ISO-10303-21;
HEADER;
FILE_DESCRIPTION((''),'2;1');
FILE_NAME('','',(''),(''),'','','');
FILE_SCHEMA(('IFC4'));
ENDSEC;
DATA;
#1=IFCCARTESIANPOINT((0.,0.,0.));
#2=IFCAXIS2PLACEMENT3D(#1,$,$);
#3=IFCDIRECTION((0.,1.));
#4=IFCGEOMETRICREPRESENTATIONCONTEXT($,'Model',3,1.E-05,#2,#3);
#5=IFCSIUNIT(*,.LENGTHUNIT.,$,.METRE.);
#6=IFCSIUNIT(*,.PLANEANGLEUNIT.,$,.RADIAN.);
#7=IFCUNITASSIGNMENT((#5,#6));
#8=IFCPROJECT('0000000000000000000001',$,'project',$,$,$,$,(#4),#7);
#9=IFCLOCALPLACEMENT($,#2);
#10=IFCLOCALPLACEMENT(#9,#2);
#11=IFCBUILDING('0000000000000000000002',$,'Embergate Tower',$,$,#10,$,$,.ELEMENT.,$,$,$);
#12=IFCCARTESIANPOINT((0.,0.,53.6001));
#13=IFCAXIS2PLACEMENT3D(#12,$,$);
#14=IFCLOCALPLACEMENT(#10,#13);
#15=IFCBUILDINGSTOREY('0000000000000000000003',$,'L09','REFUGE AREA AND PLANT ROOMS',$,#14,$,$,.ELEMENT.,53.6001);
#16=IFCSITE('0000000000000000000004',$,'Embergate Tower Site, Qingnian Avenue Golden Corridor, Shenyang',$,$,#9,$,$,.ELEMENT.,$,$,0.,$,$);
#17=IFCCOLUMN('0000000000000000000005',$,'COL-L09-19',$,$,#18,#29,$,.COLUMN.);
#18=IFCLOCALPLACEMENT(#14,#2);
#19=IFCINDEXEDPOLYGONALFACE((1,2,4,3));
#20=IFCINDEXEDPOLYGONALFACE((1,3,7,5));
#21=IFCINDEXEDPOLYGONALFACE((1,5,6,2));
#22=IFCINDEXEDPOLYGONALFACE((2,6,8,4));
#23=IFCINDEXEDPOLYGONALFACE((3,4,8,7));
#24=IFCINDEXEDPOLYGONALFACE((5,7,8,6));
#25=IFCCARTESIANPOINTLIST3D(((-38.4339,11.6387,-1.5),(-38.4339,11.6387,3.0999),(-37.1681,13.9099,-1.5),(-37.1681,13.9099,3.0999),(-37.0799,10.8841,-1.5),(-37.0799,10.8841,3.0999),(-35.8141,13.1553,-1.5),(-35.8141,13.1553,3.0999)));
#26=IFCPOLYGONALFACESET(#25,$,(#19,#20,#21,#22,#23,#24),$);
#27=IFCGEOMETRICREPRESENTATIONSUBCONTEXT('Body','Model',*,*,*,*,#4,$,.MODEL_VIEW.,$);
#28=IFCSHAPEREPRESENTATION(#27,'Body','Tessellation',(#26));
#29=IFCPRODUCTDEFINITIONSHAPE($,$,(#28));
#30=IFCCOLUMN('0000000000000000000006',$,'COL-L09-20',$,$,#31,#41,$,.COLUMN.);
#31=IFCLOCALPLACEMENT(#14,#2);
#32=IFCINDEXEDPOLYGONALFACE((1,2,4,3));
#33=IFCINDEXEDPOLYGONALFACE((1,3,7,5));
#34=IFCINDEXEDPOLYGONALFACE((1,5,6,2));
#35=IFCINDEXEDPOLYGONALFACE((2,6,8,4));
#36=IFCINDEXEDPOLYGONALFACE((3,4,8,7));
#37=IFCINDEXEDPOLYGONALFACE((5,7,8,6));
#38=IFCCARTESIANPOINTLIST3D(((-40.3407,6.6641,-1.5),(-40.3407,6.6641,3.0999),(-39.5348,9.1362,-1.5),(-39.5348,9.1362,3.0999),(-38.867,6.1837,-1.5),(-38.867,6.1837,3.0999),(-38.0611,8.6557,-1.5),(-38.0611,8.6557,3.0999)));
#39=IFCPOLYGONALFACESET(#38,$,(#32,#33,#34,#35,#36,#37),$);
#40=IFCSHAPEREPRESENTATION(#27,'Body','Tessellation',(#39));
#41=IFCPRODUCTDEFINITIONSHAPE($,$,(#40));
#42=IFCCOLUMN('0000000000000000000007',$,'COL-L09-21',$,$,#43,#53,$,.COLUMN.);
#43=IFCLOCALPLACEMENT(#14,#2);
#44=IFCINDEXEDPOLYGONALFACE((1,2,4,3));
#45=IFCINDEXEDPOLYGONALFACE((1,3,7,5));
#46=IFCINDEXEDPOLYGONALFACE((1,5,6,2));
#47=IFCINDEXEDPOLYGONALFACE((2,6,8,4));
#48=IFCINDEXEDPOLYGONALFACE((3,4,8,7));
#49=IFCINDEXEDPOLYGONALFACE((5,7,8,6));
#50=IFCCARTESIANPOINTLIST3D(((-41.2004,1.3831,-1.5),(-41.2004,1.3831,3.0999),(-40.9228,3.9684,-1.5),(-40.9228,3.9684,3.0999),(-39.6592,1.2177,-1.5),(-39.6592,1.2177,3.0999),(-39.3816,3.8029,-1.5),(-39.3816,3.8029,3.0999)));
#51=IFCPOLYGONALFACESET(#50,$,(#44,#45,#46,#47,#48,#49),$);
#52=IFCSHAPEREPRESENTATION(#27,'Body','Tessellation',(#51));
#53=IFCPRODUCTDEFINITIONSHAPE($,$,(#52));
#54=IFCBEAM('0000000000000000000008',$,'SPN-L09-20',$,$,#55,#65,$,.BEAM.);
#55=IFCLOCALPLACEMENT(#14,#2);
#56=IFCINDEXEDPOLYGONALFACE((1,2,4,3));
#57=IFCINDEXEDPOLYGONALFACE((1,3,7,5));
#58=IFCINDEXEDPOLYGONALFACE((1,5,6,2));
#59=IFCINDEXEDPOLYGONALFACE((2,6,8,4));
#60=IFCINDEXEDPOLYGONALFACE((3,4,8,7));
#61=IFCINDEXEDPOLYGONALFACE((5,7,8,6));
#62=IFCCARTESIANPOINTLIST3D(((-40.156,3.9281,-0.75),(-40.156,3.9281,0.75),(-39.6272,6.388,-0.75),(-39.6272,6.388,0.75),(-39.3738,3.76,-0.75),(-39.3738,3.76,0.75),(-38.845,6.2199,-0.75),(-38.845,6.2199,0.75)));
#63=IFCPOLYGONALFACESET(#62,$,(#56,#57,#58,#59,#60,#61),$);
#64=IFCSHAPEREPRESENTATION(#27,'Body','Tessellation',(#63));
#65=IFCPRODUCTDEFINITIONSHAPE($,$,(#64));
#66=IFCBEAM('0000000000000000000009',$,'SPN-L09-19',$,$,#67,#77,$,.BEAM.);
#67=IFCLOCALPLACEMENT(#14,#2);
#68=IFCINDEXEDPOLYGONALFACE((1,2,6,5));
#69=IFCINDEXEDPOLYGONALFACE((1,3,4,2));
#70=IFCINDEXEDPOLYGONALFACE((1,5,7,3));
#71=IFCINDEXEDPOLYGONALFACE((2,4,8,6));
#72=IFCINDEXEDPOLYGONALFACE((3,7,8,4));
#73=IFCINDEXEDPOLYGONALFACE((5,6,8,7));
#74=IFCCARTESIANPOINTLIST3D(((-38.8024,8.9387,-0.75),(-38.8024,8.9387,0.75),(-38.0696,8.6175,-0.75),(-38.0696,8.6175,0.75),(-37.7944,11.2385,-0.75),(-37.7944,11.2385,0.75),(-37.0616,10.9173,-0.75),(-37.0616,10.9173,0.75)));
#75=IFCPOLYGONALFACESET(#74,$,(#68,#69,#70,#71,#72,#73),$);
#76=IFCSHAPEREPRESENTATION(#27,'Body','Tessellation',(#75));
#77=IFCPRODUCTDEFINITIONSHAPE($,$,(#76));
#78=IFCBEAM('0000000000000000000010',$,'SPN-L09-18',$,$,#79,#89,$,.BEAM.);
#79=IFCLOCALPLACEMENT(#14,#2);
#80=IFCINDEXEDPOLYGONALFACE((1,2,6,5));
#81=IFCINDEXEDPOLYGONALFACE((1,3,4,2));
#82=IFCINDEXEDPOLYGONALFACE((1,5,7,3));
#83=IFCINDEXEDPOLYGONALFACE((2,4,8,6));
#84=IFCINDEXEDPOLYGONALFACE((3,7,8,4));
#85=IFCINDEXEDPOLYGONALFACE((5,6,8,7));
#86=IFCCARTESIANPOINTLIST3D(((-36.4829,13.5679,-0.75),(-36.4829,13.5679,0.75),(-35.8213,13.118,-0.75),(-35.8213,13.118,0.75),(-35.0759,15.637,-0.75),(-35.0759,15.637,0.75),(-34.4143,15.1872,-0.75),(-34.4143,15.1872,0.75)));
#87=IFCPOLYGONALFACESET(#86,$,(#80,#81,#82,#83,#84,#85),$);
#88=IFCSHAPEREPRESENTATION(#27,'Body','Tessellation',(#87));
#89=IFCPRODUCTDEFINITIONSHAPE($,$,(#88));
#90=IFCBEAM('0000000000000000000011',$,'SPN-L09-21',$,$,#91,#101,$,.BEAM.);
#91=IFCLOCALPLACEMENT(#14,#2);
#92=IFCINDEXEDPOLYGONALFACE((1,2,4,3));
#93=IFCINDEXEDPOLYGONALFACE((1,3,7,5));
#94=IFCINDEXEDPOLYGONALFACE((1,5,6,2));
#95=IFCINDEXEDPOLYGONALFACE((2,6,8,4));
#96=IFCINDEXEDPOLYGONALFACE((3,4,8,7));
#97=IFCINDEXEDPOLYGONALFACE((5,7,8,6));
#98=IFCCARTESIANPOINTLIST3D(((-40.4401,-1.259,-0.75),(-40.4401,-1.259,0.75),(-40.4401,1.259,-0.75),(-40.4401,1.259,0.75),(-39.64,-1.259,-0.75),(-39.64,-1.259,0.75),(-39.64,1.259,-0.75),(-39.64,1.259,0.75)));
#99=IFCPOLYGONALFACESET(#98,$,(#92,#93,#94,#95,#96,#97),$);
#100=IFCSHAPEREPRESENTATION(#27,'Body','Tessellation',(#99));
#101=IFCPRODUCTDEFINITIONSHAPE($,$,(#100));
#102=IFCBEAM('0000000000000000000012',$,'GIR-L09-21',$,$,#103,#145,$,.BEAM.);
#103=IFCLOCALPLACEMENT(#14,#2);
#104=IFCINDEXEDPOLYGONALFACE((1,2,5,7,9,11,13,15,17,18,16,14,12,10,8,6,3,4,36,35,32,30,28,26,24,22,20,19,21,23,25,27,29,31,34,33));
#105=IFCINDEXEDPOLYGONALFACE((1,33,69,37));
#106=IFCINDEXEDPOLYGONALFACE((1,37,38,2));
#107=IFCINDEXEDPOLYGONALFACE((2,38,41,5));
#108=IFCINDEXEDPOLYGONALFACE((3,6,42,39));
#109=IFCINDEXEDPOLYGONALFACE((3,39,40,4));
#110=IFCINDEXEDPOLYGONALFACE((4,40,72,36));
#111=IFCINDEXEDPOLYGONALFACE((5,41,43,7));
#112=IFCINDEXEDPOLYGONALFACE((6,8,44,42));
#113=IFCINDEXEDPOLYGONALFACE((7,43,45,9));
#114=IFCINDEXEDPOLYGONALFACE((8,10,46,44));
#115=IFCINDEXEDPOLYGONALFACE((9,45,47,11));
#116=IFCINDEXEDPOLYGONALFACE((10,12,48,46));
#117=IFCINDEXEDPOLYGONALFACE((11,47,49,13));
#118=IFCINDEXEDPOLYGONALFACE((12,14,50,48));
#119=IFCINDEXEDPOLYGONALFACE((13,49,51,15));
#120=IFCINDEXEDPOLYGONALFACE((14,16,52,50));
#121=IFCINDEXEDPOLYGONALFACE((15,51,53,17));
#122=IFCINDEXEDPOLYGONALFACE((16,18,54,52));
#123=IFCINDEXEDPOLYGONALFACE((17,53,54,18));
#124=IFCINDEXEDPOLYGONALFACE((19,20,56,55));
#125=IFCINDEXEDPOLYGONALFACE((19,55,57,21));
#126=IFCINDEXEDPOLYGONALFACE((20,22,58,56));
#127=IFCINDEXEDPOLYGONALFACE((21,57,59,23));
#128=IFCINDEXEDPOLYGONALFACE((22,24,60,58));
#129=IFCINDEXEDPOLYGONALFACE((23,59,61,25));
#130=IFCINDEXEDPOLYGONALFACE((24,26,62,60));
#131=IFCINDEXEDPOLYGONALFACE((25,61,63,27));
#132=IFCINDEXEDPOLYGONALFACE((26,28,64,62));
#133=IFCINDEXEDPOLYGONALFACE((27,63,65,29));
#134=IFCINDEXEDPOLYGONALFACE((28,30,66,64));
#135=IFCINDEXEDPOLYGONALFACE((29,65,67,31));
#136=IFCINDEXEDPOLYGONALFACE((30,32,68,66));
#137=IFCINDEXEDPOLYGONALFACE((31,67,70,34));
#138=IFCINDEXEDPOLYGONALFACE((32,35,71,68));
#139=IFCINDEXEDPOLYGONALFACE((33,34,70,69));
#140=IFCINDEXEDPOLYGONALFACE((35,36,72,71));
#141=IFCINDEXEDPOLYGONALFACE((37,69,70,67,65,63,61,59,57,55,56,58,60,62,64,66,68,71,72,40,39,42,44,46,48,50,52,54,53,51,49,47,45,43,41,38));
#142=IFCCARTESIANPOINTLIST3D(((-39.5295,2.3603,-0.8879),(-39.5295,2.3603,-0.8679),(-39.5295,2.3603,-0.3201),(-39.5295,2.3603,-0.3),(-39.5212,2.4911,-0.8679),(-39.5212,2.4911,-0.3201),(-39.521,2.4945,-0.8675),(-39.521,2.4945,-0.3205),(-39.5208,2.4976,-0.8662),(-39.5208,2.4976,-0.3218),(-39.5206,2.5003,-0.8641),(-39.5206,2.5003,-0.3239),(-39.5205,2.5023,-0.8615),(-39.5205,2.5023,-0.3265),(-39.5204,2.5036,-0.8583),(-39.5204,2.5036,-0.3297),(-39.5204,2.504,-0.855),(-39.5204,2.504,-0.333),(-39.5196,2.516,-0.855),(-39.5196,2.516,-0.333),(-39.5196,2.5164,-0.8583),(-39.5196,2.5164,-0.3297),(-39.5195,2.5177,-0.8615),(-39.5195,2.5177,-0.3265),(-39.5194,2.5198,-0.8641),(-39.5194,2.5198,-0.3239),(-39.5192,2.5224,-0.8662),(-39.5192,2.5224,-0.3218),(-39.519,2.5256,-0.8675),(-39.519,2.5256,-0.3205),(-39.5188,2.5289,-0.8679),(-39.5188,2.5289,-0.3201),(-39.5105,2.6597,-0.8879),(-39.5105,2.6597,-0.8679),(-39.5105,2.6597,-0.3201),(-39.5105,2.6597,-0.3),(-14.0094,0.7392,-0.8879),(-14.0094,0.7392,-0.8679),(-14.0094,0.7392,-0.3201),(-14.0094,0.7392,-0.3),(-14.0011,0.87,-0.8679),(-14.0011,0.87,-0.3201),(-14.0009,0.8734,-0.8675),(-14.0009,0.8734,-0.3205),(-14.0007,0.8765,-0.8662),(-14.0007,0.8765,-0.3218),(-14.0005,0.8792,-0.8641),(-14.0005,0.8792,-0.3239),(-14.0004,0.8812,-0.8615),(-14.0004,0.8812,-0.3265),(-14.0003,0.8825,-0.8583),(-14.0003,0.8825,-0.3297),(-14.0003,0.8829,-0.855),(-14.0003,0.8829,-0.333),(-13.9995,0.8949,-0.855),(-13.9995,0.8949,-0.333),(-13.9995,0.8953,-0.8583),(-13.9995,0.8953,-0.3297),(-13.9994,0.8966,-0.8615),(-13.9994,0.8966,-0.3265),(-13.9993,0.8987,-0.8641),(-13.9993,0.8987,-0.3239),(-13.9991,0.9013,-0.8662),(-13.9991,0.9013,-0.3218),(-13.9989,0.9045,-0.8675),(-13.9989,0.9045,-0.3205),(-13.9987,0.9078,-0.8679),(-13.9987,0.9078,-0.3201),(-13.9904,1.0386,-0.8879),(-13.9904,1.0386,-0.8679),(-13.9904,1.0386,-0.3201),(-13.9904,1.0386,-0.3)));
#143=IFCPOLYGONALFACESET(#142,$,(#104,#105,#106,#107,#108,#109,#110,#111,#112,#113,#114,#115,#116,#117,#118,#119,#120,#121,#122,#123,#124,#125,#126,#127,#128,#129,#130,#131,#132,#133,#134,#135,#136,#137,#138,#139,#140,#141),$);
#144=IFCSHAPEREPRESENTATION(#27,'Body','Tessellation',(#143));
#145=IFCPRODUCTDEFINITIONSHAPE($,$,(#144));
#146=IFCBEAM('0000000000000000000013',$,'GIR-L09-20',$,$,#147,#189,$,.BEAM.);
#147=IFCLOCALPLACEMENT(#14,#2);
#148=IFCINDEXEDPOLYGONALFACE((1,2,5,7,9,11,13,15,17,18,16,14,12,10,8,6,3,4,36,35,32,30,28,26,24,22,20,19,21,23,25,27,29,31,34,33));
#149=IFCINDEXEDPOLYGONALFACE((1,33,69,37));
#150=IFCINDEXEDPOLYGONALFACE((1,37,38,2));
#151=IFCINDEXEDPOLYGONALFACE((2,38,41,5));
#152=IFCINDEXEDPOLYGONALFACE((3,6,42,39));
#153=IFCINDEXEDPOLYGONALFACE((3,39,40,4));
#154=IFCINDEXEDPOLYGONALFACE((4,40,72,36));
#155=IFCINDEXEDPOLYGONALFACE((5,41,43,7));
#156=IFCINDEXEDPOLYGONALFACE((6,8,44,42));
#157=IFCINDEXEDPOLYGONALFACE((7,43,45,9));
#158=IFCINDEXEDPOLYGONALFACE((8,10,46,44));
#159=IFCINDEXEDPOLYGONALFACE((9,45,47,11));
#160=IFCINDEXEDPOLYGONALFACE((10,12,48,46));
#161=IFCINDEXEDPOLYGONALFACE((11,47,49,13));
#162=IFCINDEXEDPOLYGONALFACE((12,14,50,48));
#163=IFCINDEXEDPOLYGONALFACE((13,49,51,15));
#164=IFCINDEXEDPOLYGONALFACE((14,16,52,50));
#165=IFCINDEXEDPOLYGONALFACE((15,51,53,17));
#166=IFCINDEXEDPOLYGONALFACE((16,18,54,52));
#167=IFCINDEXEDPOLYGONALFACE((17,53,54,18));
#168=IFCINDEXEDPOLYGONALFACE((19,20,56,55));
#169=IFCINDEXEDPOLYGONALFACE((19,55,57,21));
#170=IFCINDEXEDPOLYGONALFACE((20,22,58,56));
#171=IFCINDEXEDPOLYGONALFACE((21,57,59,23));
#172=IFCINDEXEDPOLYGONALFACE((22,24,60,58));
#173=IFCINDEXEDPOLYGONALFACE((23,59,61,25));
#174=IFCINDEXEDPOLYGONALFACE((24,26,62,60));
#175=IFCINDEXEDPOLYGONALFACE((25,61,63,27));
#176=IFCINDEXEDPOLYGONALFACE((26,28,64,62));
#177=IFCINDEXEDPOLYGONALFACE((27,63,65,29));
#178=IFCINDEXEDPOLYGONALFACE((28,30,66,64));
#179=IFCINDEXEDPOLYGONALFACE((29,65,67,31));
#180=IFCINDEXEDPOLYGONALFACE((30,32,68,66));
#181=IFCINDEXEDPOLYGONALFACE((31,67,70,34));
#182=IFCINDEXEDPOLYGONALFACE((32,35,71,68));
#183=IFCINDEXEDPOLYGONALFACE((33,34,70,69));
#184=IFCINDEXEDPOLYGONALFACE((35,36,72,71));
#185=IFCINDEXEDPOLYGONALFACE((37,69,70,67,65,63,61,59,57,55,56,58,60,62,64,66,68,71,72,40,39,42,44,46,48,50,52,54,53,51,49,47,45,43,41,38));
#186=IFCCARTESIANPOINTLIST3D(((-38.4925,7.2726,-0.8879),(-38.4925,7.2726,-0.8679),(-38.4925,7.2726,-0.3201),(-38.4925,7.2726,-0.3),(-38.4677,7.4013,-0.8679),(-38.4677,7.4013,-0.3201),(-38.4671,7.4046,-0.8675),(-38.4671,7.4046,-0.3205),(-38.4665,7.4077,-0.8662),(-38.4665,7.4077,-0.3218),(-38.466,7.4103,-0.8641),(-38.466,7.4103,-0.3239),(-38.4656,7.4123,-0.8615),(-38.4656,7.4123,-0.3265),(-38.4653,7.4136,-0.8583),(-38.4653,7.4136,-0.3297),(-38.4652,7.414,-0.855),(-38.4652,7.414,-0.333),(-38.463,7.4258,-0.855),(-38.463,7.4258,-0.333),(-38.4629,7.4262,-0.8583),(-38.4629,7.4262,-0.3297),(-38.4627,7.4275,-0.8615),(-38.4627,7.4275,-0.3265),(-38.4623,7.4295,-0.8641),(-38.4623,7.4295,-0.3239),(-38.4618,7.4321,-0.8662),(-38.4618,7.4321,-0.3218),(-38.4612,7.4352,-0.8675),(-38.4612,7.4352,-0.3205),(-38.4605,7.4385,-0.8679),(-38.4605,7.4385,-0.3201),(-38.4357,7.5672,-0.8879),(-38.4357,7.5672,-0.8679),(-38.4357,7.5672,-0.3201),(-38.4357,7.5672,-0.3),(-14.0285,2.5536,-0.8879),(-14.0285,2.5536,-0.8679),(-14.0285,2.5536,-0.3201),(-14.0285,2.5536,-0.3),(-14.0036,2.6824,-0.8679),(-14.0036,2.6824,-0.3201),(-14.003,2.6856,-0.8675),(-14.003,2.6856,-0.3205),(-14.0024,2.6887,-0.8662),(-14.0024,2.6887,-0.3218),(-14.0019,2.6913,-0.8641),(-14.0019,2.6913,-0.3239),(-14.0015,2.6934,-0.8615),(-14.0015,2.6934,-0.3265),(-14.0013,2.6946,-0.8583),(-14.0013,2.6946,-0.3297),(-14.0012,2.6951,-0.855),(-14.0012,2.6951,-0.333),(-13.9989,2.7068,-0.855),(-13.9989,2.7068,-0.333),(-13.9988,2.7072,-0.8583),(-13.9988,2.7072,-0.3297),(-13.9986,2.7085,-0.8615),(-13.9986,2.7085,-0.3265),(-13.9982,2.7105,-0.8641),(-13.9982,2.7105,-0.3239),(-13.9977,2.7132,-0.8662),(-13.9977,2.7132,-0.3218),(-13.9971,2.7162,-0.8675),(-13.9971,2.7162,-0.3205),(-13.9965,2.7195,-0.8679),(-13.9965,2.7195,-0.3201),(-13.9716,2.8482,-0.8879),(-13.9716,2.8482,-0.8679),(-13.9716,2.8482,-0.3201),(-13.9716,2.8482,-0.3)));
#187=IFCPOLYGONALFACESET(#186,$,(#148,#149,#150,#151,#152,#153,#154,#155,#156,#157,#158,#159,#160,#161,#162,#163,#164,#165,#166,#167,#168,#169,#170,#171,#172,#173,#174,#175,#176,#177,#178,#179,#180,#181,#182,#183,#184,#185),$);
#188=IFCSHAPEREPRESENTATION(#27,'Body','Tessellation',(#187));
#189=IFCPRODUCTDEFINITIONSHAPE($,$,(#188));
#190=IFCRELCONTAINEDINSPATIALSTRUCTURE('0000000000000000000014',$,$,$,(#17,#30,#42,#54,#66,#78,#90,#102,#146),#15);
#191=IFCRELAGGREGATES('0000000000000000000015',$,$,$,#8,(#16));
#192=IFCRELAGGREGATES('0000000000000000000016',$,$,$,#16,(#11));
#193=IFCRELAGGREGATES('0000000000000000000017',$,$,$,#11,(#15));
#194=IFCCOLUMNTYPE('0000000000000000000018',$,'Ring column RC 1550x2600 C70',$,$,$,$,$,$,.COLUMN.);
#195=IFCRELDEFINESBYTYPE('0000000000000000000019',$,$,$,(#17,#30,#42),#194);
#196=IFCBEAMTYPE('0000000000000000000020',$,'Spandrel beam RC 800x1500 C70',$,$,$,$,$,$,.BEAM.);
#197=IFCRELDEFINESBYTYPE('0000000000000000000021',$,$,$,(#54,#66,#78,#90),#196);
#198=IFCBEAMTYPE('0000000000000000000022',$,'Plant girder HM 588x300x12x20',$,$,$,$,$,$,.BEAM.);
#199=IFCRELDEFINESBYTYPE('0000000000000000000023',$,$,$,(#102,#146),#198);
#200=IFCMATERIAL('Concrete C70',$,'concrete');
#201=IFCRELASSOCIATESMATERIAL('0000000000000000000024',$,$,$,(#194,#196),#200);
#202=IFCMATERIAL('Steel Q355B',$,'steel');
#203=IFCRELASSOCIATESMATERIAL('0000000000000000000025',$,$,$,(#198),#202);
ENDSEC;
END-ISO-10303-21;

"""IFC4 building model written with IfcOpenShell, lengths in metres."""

from ifc_helpers import new_model, si_unit, direction, frame, origin, origin_2d, place, context, subcontext, project, spatial, rectangle, i_section, extrude, source, transform, mapped, material, material_profile, profile_set, type_object, element, save


model = new_model("IFC4")

# Units and contexts
model_context = context("Model", 3, precision=1e-05, world=origin(), true_north=direction((0.0, 1.0)))
body_context = subcontext(model_context, "Body", "Model", "MODEL_VIEW")
ifc_project = project(units=[si_unit("LENGTHUNIT", "METRE"), si_unit("PLANEANGLEUNIT", "RADIAN")], contexts=[model_context])

# Site, building, storey
site_placement = place(None, origin())
site = spatial("IfcSite", under=ifc_project, at=site_placement, Name="Embergate Tower Site, Qingnian Avenue Golden Corridor, Shenyang", CompositionType="ELEMENT", RefElevation=0.0)
building_placement = place(site_placement, origin())
building = spatial("IfcBuilding", under=site, at=building_placement, Name="Embergate Tower", CompositionType="ELEMENT")
storey_placement = place(building_placement, frame((0.0, 0.0, 53.6001)))
storey = spatial("IfcBuildingStorey", under=building, at=storey_placement, Name="L09", Description="REFUGE AREA AND PLANT ROOMS", CompositionType="ELEMENT", Elevation=53.6001)

# Columns
ifc_material_1 = material(Name="Concrete C70", Category="concrete")
ifc_material_profile_1 = material_profile(ifc_material_1, rectangle(XDim=1.55, YDim=2.6001, at=origin_2d()), Name="RC 1550x2600")
ifc_profile_set_1 = profile_set([ifc_material_profile_1], Name="Concrete C70")
column_type = type_object("IfcColumnType", Name="Ring column RC 1550x2600 C70", PredefinedType="COLUMN", material=ifc_profile_set_1)
shared_shape_1 = source(origin(), body_context, "Body", "SweptSolid", [
    extrude(rectangle(XDim=1.55, YDim=2.6001, at=origin_2d()), origin(), (0.0, 0.0, 1.0), 4.5999),
])
for number, where, z_axis, x_axis, name in (
    (1, (-37.124, 12.397, -1.5), (0.0, 0.0, 1.0), (-0.8735, 0.486823, 0.0), "COL-L09-19"),
    (2, (-39.2009, 7.6599, -1.5), (0.0, 0.0, 1.0), (-0.950754, 0.309946, 0.0), "COL-L09-20"),
    (3, (-40.291, 2.593, -1.5), (0.0, 0.0, 1.0), (-0.994286, 0.10675, 0.0), "COL-L09-21"),
):
    element("IfcColumn", number, at=place(storey_placement, frame(where, z_axis=z_axis, x_axis=x_axis)), inside=storey, type_object=column_type, Name=name, PredefinedType="COLUMN", context=body_context, shape_type="MappedRepresentation", body=[
        mapped(shared_shape_1, transform((0.0, 0.0, 0.0))),
    ])

# Beams
ifc_material_profile_2 = material_profile(ifc_material_1, rectangle(XDim=0.8, YDim=1.5, at=origin_2d()), Name="RC 800x1500")
ifc_profile_set_2 = profile_set([ifc_material_profile_2], Name="Concrete C70")
beam_type_1 = type_object("IfcBeamType", Name="Spandrel beam RC 800x1500 C70", PredefinedType="BEAM", material=ifc_profile_set_2)
shared_shape_2 = source(origin(), body_context, "Body", "SweptSolid", [
    extrude(rectangle(XDim=0.8, YDim=1.5, at=origin_2d()), origin(), (0.0, 0.0, 1.0), 2.5161),
])
beam_1_placement = place(storey_placement, frame((-39.2361, 6.304, 0.0), z_axis=(-0.210165, -0.977666, 0.0), x_axis=(0.977666, -0.210165, 0.0)))
element("IfcBeam", 4, at=beam_1_placement, inside=storey, type_object=beam_type_1, Name="SPN-L09-20", PredefinedType="BEAM", context=body_context, shape_type="MappedRepresentation", body=[
    mapped(shared_shape_2, transform((0.0, 0.0, 0.0))),
])
shared_shape_3 = source(origin(), body_context, "Body", "SweptSolid", [
    extrude(rectangle(XDim=0.8, YDim=1.5, at=origin_2d()), origin(), (0.0, 0.0, 1.0), 2.511),
])
beam_2_placement = place(storey_placement, frame((-37.428, 11.0779, 0.0), z_axis=(-0.401451, -0.91588, 0.0), x_axis=(0.91588, -0.401451, 0.0)))
element("IfcBeam", 5, at=beam_2_placement, inside=storey, type_object=beam_type_1, Name="SPN-L09-19", PredefinedType="BEAM", context=body_context, shape_type="MappedRepresentation", body=[
    mapped(shared_shape_3, transform((0.0, 0.0, 0.0))),
])
shared_shape_4 = source(origin(), body_context, "Body", "SweptSolid", [
    extrude(rectangle(XDim=0.8, YDim=1.5, at=origin_2d()), origin(), (0.0, 0.0, 1.0), 2.5022),
])
beam_3_placement = place(storey_placement, frame((-34.7451, 15.4121, 0.0), z_axis=(-0.56231, -0.826927, 0.0), x_axis=(0.826927, -0.56231, 0.0)))
element("IfcBeam", 6, at=beam_3_placement, inside=storey, type_object=beam_type_1, Name="SPN-L09-18", PredefinedType="BEAM", context=body_context, shape_type="MappedRepresentation", body=[
    mapped(shared_shape_4, transform((0.0, 0.0, 0.0))),
])
shared_shape_5 = source(origin(), body_context, "Body", "SweptSolid", [
    extrude(rectangle(XDim=0.8, YDim=1.5, at=origin_2d()), origin(), (0.0, 0.0, 1.0), 2.5181),
])
beam_4_placement = place(storey_placement, frame((-40.04, 1.259, 0.0), z_axis=(0.0, -1.0, 0.0), x_axis=(1.0, 0.0, 0.0)))
element("IfcBeam", 7, at=beam_4_placement, inside=storey, type_object=beam_type_1, Name="SPN-L09-21", PredefinedType="BEAM", context=body_context, shape_type="MappedRepresentation", body=[
    mapped(shared_shape_5, transform((0.0, 0.0, 0.0))),
])
ifc_material_2 = material(Name="Steel Q355B", Category="steel")
ifc_material_profile_3 = material_profile(ifc_material_2, i_section(OverallWidth=0.3, OverallDepth=0.5879, WebThickness=0.012, FlangeThickness=0.02, FilletRadius=0.0129, at=origin_2d()), Name="HM 588x300x12x20")
ifc_profile_set_3 = profile_set([ifc_material_profile_3], Name="Steel Q355 grade B")
beam_type_2 = type_object("IfcBeamType", Name="Plant girder HM 588x300x12x20", PredefinedType="BEAM", material=ifc_profile_set_3)
shared_shape_6 = source(origin(), body_context, "Body", "SweptSolid", [
    extrude(i_section(OverallWidth=0.3, OverallDepth=0.5879, WebThickness=0.012, FlangeThickness=0.02, FilletRadius=0.0129, at=origin_2d()), origin(), (0.0, 0.0, 1.0), 25.5715),
])
beam_5_placement = place(storey_placement, frame((-39.52, 2.51, -0.594), z_axis=(0.997989, -0.063395, 0.0), x_axis=(0.063395, 0.997989, 0.0)))
element("IfcBeam", 8, at=beam_5_placement, inside=storey, type_object=beam_type_2, Name="GIR-L09-21", PredefinedType="BEAM", context=body_context, shape_type="MappedRepresentation", body=[
    mapped(shared_shape_6, transform((0.0, 0.0, 0.0))),
])
shared_shape_7 = source(origin(), body_context, "Body", "SweptSolid", [
    extrude(i_section(OverallWidth=0.3, OverallDepth=0.5879, WebThickness=0.012, FlangeThickness=0.02, FilletRadius=0.0129, at=origin_2d()), origin(), (0.0, 0.0, 1.0), 24.915),
])
beam_6_placement = place(storey_placement, frame((-38.4641, 7.4199, -0.594), z_axis=(0.981899, -0.189403, 0.0), x_axis=(0.189403, 0.981899, 0.0)))
element("IfcBeam", 9, at=beam_6_placement, inside=storey, type_object=beam_type_2, Name="GIR-L09-20", PredefinedType="BEAM", context=body_context, shape_type="MappedRepresentation", body=[
    mapped(shared_shape_7, transform((0.0, 0.0, 0.0))),
])

save(model, "model.ifc")
